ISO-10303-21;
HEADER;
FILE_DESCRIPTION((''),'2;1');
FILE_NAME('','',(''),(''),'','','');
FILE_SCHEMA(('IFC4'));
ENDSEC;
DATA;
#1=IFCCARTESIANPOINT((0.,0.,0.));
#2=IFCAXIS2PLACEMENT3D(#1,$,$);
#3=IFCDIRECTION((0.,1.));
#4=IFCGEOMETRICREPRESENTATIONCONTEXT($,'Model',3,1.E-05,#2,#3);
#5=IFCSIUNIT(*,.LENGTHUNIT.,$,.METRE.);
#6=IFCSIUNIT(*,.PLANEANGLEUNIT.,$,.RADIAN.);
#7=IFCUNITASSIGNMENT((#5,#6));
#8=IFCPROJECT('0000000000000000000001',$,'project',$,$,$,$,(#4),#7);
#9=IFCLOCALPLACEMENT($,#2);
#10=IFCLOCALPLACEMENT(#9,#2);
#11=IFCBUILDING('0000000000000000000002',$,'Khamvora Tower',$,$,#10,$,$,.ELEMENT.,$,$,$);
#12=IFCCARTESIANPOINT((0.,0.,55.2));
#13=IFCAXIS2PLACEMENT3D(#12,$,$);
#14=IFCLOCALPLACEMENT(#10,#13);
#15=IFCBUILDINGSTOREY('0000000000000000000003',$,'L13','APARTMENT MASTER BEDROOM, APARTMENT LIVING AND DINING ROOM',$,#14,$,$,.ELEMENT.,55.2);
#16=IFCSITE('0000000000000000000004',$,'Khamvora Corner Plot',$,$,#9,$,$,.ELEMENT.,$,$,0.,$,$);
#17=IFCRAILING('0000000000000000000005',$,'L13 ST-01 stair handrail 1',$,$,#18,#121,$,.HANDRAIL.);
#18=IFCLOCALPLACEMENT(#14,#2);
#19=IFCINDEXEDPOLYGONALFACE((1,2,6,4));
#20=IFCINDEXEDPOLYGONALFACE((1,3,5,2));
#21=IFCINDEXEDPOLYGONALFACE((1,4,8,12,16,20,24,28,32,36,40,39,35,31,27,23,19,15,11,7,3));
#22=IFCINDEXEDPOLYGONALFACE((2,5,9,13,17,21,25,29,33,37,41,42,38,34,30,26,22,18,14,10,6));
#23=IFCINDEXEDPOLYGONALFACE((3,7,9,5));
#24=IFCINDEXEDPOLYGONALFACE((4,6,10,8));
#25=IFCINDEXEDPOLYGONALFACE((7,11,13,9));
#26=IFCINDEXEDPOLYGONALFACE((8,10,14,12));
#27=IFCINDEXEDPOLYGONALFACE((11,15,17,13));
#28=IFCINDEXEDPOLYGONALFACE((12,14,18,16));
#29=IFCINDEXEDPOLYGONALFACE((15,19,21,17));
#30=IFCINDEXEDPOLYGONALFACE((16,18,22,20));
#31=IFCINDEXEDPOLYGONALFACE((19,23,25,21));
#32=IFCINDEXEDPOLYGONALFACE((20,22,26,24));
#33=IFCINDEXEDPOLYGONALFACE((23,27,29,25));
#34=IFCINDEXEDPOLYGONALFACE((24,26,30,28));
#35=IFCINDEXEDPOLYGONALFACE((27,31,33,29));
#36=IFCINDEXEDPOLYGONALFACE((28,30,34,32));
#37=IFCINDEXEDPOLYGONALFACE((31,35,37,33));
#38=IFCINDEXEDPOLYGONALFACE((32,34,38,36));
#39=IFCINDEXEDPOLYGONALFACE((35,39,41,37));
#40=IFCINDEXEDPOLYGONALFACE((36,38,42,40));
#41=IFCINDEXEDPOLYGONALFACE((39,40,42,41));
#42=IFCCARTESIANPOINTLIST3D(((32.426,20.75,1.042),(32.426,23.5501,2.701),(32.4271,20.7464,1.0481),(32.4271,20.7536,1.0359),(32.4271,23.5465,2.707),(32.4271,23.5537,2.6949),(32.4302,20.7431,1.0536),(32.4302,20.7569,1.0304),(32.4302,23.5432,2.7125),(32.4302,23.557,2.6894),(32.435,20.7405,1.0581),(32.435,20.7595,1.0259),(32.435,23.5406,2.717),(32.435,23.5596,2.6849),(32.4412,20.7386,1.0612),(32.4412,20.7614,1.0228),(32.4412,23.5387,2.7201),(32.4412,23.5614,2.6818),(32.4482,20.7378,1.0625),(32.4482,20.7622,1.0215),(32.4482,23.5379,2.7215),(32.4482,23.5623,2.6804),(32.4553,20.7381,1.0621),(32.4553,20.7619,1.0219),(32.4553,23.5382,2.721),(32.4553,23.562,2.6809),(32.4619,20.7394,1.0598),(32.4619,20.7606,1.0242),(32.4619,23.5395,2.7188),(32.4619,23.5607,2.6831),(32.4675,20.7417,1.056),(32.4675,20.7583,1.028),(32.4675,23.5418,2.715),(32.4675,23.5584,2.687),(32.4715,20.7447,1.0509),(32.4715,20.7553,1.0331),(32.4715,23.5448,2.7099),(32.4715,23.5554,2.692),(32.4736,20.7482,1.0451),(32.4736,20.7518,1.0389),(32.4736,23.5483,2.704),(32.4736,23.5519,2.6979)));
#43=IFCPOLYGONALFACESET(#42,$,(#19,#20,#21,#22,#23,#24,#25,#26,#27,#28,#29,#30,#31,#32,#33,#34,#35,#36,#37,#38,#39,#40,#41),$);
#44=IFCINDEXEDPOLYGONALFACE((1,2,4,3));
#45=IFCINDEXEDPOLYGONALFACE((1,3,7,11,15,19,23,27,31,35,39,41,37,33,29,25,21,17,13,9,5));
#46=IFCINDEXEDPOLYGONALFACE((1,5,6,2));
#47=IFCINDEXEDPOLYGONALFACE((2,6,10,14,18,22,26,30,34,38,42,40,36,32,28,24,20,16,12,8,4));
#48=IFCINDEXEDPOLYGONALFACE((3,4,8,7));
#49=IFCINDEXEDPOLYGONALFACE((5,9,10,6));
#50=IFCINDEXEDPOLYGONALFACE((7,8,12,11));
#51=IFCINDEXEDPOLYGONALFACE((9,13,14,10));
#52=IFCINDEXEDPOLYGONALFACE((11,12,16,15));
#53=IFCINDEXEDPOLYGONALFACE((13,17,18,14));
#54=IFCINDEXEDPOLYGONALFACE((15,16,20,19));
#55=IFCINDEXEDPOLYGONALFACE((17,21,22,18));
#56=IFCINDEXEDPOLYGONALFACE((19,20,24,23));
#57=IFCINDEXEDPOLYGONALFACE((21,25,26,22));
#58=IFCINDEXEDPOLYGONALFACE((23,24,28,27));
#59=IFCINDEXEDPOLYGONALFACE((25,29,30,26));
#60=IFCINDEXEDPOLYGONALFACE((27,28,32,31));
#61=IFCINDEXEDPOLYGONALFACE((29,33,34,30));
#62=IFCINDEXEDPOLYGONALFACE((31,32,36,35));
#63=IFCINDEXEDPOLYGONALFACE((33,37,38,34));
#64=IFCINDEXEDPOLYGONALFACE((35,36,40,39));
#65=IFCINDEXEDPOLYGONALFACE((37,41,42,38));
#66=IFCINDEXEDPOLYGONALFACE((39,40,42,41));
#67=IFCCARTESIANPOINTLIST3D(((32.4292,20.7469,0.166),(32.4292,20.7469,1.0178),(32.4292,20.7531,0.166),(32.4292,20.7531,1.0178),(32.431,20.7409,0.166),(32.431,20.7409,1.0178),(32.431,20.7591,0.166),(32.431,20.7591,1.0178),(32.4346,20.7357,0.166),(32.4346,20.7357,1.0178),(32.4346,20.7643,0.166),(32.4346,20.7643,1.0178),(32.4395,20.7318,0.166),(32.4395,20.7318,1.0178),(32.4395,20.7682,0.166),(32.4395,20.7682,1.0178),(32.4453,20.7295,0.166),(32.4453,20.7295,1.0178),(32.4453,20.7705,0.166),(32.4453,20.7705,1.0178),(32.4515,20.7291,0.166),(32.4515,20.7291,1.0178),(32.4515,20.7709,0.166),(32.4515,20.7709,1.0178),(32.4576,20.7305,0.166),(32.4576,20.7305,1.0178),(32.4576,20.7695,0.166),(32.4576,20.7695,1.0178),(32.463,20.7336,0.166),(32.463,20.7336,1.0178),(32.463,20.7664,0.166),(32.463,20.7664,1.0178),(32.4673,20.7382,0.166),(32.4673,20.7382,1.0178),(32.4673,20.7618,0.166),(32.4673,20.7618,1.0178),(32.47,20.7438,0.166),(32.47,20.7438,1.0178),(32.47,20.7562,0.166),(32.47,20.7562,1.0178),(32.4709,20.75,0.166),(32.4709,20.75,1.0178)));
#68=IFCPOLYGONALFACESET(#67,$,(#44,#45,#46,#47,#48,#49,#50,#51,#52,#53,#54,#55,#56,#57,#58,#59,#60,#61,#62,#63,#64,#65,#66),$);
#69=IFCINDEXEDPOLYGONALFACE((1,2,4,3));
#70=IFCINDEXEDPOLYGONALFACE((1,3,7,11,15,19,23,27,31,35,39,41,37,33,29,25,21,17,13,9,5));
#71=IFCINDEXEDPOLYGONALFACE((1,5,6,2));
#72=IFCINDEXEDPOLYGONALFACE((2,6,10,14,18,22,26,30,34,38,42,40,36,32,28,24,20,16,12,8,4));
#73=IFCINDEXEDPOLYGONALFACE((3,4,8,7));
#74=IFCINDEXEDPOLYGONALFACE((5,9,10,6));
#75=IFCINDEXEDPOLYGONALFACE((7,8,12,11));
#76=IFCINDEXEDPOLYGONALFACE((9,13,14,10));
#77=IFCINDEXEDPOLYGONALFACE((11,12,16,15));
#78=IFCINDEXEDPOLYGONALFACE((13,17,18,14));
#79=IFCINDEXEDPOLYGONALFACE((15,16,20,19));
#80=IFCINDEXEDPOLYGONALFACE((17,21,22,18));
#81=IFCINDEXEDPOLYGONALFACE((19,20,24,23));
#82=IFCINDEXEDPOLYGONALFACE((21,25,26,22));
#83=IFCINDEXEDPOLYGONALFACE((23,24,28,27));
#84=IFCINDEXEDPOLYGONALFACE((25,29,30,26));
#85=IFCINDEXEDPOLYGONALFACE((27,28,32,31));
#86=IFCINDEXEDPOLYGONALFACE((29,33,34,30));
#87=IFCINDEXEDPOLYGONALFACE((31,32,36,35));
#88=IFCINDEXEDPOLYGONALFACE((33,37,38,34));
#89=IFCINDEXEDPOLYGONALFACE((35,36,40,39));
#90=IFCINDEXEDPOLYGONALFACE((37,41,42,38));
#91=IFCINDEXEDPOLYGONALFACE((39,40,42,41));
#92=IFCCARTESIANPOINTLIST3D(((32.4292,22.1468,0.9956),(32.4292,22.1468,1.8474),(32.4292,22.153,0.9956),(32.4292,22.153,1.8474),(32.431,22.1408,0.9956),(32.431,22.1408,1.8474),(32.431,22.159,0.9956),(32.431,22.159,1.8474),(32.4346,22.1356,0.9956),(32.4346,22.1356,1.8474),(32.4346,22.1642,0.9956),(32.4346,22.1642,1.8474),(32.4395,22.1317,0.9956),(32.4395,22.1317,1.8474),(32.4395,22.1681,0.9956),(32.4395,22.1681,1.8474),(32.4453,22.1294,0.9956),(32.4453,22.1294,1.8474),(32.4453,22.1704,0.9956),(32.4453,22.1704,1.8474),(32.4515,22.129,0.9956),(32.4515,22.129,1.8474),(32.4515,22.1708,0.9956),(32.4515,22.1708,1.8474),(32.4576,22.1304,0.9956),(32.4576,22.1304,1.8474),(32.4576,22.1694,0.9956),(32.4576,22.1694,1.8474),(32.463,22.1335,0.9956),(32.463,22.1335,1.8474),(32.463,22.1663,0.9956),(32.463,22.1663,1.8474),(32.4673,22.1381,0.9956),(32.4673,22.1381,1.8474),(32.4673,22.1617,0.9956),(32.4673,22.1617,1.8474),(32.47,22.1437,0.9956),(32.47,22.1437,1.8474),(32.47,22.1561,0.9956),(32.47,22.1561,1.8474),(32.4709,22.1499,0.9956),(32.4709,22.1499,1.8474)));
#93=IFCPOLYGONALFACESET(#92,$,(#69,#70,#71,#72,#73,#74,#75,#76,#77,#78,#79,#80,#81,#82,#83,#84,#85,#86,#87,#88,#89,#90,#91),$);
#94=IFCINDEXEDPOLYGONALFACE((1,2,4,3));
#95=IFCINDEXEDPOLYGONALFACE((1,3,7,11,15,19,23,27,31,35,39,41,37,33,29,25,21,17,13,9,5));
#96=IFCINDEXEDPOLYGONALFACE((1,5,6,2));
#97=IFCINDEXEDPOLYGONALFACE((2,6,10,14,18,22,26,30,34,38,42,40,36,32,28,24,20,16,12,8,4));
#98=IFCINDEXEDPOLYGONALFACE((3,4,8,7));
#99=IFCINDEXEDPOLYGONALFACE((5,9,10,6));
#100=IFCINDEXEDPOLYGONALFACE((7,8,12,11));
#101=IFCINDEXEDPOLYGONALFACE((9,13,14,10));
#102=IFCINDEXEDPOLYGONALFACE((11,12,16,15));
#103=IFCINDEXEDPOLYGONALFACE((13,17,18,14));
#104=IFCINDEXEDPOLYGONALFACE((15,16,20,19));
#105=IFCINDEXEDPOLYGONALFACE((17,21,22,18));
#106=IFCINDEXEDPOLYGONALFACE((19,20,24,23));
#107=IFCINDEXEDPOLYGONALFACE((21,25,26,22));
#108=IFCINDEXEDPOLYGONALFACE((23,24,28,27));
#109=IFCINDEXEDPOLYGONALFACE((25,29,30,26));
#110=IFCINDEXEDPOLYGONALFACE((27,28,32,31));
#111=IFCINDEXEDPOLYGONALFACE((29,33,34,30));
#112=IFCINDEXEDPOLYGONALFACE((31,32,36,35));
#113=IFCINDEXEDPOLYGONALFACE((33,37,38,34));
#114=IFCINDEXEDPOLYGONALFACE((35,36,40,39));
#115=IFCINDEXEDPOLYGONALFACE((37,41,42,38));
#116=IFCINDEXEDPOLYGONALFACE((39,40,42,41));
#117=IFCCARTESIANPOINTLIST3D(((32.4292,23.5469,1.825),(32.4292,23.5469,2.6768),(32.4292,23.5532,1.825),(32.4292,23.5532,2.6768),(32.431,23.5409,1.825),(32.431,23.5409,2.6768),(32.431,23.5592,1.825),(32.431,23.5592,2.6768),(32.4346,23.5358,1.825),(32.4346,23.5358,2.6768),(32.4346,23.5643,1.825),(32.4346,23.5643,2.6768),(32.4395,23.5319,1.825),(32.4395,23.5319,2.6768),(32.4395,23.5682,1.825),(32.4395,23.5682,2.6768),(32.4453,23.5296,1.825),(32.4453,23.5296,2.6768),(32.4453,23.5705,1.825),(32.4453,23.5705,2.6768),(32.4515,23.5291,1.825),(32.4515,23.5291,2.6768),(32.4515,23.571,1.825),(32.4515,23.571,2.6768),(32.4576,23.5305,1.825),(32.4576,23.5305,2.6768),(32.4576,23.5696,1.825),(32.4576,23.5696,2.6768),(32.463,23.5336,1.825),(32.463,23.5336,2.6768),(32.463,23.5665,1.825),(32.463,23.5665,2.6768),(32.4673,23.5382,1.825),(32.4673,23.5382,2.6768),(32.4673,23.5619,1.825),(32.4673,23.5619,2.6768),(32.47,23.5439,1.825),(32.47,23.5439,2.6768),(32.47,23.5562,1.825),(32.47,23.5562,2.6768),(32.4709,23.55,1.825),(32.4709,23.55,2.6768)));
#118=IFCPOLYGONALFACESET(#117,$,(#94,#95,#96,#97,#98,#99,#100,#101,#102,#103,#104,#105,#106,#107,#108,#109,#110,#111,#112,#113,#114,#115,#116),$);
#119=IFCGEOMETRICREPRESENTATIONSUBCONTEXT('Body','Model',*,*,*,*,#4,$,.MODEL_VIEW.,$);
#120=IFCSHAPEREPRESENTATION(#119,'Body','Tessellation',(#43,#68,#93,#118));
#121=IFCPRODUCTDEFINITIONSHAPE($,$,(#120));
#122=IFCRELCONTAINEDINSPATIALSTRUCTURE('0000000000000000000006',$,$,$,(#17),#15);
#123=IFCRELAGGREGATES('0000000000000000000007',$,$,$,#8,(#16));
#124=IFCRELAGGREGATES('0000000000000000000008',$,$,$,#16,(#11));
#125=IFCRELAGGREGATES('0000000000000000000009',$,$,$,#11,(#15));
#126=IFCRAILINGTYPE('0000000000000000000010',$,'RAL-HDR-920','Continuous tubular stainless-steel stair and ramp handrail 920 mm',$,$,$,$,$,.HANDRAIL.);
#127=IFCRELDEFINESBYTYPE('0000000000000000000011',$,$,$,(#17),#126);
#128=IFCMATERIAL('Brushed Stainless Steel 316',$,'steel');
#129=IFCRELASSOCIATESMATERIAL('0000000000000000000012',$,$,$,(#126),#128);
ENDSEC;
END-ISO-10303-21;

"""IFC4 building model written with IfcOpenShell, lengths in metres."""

from ifc_helpers import new_model, si_unit, direction, frame, origin, origin_2d, place, context, subcontext, project, spatial, circle, extrude, material, type_object, element, save


model = new_model("IFC4")

# Units and contexts
model_context = context("Model", 3, precision=1e-05, world=origin(), true_north=direction((0.0, 1.0)))
body_context = subcontext(model_context, "Body", "Model", "MODEL_VIEW")
ifc_project = project(units=[si_unit("LENGTHUNIT", "METRE"), si_unit("PLANEANGLEUNIT", "RADIAN")], contexts=[model_context])

# Site, building, storey
site_placement = place(None, origin())
site = spatial("IfcSite", under=ifc_project, at=site_placement, Name="Khamvora Corner Plot", CompositionType="ELEMENT", RefElevation=0.0)
building_placement = place(site_placement, origin())
building = spatial("IfcBuilding", under=site, at=building_placement, Name="Khamvora Tower", CompositionType="ELEMENT")
storey_placement = place(building_placement, frame((0.0, 0.0, 55.2)))
storey = spatial("IfcBuildingStorey", under=building, at=storey_placement, Name="L13", Description="APARTMENT MASTER BEDROOM, APARTMENT LIVING AND DINING ROOM", CompositionType="ELEMENT", Elevation=55.2)

# Railing
ifc_material_1 = material(Name="Brushed Stainless Steel 316", Category="steel")
railing_type_1 = type_object("IfcRailingType", Name="RAL-HDR-920", Description="Continuous tubular stainless-steel stair and ramp handrail 920 mm", PredefinedType="HANDRAIL", material=ifc_material_1)
railing_1_placement = place(storey_placement, frame((32.45, 20.75, 0.166)))
element("IfcRailing", 1, at=railing_1_placement, inside=storey, type_object=railing_type_1, Name="L13 ST-01 stair handrail 1", PredefinedType="HANDRAIL", context=body_context, shape_type="SweptSolid", body=[
    extrude(circle(Radius=0.0239, at=origin_2d()), frame((0.0, 0.0, 0.876), z_axis=(0.0, 0.860339, 0.509722), x_axis=(-1.0, 0.0, 0.0)), (0.0, 0.0, 1.0), 3.2546),
    extrude(circle(Radius=0.021, at=origin_2d()), origin(), (0.0, 0.0, 1.0), 0.8518),
    extrude(circle(Radius=0.021, at=origin_2d()), frame((0.0, 1.3999, 0.8296)), (0.0, 0.0, 1.0), 0.8518),
    extrude(circle(Radius=0.021, at=origin_2d()), frame((0.0, 2.8, 1.6589)), (0.0, 0.0, 1.0), 0.8518),
])

save(model, "model.ifc")
